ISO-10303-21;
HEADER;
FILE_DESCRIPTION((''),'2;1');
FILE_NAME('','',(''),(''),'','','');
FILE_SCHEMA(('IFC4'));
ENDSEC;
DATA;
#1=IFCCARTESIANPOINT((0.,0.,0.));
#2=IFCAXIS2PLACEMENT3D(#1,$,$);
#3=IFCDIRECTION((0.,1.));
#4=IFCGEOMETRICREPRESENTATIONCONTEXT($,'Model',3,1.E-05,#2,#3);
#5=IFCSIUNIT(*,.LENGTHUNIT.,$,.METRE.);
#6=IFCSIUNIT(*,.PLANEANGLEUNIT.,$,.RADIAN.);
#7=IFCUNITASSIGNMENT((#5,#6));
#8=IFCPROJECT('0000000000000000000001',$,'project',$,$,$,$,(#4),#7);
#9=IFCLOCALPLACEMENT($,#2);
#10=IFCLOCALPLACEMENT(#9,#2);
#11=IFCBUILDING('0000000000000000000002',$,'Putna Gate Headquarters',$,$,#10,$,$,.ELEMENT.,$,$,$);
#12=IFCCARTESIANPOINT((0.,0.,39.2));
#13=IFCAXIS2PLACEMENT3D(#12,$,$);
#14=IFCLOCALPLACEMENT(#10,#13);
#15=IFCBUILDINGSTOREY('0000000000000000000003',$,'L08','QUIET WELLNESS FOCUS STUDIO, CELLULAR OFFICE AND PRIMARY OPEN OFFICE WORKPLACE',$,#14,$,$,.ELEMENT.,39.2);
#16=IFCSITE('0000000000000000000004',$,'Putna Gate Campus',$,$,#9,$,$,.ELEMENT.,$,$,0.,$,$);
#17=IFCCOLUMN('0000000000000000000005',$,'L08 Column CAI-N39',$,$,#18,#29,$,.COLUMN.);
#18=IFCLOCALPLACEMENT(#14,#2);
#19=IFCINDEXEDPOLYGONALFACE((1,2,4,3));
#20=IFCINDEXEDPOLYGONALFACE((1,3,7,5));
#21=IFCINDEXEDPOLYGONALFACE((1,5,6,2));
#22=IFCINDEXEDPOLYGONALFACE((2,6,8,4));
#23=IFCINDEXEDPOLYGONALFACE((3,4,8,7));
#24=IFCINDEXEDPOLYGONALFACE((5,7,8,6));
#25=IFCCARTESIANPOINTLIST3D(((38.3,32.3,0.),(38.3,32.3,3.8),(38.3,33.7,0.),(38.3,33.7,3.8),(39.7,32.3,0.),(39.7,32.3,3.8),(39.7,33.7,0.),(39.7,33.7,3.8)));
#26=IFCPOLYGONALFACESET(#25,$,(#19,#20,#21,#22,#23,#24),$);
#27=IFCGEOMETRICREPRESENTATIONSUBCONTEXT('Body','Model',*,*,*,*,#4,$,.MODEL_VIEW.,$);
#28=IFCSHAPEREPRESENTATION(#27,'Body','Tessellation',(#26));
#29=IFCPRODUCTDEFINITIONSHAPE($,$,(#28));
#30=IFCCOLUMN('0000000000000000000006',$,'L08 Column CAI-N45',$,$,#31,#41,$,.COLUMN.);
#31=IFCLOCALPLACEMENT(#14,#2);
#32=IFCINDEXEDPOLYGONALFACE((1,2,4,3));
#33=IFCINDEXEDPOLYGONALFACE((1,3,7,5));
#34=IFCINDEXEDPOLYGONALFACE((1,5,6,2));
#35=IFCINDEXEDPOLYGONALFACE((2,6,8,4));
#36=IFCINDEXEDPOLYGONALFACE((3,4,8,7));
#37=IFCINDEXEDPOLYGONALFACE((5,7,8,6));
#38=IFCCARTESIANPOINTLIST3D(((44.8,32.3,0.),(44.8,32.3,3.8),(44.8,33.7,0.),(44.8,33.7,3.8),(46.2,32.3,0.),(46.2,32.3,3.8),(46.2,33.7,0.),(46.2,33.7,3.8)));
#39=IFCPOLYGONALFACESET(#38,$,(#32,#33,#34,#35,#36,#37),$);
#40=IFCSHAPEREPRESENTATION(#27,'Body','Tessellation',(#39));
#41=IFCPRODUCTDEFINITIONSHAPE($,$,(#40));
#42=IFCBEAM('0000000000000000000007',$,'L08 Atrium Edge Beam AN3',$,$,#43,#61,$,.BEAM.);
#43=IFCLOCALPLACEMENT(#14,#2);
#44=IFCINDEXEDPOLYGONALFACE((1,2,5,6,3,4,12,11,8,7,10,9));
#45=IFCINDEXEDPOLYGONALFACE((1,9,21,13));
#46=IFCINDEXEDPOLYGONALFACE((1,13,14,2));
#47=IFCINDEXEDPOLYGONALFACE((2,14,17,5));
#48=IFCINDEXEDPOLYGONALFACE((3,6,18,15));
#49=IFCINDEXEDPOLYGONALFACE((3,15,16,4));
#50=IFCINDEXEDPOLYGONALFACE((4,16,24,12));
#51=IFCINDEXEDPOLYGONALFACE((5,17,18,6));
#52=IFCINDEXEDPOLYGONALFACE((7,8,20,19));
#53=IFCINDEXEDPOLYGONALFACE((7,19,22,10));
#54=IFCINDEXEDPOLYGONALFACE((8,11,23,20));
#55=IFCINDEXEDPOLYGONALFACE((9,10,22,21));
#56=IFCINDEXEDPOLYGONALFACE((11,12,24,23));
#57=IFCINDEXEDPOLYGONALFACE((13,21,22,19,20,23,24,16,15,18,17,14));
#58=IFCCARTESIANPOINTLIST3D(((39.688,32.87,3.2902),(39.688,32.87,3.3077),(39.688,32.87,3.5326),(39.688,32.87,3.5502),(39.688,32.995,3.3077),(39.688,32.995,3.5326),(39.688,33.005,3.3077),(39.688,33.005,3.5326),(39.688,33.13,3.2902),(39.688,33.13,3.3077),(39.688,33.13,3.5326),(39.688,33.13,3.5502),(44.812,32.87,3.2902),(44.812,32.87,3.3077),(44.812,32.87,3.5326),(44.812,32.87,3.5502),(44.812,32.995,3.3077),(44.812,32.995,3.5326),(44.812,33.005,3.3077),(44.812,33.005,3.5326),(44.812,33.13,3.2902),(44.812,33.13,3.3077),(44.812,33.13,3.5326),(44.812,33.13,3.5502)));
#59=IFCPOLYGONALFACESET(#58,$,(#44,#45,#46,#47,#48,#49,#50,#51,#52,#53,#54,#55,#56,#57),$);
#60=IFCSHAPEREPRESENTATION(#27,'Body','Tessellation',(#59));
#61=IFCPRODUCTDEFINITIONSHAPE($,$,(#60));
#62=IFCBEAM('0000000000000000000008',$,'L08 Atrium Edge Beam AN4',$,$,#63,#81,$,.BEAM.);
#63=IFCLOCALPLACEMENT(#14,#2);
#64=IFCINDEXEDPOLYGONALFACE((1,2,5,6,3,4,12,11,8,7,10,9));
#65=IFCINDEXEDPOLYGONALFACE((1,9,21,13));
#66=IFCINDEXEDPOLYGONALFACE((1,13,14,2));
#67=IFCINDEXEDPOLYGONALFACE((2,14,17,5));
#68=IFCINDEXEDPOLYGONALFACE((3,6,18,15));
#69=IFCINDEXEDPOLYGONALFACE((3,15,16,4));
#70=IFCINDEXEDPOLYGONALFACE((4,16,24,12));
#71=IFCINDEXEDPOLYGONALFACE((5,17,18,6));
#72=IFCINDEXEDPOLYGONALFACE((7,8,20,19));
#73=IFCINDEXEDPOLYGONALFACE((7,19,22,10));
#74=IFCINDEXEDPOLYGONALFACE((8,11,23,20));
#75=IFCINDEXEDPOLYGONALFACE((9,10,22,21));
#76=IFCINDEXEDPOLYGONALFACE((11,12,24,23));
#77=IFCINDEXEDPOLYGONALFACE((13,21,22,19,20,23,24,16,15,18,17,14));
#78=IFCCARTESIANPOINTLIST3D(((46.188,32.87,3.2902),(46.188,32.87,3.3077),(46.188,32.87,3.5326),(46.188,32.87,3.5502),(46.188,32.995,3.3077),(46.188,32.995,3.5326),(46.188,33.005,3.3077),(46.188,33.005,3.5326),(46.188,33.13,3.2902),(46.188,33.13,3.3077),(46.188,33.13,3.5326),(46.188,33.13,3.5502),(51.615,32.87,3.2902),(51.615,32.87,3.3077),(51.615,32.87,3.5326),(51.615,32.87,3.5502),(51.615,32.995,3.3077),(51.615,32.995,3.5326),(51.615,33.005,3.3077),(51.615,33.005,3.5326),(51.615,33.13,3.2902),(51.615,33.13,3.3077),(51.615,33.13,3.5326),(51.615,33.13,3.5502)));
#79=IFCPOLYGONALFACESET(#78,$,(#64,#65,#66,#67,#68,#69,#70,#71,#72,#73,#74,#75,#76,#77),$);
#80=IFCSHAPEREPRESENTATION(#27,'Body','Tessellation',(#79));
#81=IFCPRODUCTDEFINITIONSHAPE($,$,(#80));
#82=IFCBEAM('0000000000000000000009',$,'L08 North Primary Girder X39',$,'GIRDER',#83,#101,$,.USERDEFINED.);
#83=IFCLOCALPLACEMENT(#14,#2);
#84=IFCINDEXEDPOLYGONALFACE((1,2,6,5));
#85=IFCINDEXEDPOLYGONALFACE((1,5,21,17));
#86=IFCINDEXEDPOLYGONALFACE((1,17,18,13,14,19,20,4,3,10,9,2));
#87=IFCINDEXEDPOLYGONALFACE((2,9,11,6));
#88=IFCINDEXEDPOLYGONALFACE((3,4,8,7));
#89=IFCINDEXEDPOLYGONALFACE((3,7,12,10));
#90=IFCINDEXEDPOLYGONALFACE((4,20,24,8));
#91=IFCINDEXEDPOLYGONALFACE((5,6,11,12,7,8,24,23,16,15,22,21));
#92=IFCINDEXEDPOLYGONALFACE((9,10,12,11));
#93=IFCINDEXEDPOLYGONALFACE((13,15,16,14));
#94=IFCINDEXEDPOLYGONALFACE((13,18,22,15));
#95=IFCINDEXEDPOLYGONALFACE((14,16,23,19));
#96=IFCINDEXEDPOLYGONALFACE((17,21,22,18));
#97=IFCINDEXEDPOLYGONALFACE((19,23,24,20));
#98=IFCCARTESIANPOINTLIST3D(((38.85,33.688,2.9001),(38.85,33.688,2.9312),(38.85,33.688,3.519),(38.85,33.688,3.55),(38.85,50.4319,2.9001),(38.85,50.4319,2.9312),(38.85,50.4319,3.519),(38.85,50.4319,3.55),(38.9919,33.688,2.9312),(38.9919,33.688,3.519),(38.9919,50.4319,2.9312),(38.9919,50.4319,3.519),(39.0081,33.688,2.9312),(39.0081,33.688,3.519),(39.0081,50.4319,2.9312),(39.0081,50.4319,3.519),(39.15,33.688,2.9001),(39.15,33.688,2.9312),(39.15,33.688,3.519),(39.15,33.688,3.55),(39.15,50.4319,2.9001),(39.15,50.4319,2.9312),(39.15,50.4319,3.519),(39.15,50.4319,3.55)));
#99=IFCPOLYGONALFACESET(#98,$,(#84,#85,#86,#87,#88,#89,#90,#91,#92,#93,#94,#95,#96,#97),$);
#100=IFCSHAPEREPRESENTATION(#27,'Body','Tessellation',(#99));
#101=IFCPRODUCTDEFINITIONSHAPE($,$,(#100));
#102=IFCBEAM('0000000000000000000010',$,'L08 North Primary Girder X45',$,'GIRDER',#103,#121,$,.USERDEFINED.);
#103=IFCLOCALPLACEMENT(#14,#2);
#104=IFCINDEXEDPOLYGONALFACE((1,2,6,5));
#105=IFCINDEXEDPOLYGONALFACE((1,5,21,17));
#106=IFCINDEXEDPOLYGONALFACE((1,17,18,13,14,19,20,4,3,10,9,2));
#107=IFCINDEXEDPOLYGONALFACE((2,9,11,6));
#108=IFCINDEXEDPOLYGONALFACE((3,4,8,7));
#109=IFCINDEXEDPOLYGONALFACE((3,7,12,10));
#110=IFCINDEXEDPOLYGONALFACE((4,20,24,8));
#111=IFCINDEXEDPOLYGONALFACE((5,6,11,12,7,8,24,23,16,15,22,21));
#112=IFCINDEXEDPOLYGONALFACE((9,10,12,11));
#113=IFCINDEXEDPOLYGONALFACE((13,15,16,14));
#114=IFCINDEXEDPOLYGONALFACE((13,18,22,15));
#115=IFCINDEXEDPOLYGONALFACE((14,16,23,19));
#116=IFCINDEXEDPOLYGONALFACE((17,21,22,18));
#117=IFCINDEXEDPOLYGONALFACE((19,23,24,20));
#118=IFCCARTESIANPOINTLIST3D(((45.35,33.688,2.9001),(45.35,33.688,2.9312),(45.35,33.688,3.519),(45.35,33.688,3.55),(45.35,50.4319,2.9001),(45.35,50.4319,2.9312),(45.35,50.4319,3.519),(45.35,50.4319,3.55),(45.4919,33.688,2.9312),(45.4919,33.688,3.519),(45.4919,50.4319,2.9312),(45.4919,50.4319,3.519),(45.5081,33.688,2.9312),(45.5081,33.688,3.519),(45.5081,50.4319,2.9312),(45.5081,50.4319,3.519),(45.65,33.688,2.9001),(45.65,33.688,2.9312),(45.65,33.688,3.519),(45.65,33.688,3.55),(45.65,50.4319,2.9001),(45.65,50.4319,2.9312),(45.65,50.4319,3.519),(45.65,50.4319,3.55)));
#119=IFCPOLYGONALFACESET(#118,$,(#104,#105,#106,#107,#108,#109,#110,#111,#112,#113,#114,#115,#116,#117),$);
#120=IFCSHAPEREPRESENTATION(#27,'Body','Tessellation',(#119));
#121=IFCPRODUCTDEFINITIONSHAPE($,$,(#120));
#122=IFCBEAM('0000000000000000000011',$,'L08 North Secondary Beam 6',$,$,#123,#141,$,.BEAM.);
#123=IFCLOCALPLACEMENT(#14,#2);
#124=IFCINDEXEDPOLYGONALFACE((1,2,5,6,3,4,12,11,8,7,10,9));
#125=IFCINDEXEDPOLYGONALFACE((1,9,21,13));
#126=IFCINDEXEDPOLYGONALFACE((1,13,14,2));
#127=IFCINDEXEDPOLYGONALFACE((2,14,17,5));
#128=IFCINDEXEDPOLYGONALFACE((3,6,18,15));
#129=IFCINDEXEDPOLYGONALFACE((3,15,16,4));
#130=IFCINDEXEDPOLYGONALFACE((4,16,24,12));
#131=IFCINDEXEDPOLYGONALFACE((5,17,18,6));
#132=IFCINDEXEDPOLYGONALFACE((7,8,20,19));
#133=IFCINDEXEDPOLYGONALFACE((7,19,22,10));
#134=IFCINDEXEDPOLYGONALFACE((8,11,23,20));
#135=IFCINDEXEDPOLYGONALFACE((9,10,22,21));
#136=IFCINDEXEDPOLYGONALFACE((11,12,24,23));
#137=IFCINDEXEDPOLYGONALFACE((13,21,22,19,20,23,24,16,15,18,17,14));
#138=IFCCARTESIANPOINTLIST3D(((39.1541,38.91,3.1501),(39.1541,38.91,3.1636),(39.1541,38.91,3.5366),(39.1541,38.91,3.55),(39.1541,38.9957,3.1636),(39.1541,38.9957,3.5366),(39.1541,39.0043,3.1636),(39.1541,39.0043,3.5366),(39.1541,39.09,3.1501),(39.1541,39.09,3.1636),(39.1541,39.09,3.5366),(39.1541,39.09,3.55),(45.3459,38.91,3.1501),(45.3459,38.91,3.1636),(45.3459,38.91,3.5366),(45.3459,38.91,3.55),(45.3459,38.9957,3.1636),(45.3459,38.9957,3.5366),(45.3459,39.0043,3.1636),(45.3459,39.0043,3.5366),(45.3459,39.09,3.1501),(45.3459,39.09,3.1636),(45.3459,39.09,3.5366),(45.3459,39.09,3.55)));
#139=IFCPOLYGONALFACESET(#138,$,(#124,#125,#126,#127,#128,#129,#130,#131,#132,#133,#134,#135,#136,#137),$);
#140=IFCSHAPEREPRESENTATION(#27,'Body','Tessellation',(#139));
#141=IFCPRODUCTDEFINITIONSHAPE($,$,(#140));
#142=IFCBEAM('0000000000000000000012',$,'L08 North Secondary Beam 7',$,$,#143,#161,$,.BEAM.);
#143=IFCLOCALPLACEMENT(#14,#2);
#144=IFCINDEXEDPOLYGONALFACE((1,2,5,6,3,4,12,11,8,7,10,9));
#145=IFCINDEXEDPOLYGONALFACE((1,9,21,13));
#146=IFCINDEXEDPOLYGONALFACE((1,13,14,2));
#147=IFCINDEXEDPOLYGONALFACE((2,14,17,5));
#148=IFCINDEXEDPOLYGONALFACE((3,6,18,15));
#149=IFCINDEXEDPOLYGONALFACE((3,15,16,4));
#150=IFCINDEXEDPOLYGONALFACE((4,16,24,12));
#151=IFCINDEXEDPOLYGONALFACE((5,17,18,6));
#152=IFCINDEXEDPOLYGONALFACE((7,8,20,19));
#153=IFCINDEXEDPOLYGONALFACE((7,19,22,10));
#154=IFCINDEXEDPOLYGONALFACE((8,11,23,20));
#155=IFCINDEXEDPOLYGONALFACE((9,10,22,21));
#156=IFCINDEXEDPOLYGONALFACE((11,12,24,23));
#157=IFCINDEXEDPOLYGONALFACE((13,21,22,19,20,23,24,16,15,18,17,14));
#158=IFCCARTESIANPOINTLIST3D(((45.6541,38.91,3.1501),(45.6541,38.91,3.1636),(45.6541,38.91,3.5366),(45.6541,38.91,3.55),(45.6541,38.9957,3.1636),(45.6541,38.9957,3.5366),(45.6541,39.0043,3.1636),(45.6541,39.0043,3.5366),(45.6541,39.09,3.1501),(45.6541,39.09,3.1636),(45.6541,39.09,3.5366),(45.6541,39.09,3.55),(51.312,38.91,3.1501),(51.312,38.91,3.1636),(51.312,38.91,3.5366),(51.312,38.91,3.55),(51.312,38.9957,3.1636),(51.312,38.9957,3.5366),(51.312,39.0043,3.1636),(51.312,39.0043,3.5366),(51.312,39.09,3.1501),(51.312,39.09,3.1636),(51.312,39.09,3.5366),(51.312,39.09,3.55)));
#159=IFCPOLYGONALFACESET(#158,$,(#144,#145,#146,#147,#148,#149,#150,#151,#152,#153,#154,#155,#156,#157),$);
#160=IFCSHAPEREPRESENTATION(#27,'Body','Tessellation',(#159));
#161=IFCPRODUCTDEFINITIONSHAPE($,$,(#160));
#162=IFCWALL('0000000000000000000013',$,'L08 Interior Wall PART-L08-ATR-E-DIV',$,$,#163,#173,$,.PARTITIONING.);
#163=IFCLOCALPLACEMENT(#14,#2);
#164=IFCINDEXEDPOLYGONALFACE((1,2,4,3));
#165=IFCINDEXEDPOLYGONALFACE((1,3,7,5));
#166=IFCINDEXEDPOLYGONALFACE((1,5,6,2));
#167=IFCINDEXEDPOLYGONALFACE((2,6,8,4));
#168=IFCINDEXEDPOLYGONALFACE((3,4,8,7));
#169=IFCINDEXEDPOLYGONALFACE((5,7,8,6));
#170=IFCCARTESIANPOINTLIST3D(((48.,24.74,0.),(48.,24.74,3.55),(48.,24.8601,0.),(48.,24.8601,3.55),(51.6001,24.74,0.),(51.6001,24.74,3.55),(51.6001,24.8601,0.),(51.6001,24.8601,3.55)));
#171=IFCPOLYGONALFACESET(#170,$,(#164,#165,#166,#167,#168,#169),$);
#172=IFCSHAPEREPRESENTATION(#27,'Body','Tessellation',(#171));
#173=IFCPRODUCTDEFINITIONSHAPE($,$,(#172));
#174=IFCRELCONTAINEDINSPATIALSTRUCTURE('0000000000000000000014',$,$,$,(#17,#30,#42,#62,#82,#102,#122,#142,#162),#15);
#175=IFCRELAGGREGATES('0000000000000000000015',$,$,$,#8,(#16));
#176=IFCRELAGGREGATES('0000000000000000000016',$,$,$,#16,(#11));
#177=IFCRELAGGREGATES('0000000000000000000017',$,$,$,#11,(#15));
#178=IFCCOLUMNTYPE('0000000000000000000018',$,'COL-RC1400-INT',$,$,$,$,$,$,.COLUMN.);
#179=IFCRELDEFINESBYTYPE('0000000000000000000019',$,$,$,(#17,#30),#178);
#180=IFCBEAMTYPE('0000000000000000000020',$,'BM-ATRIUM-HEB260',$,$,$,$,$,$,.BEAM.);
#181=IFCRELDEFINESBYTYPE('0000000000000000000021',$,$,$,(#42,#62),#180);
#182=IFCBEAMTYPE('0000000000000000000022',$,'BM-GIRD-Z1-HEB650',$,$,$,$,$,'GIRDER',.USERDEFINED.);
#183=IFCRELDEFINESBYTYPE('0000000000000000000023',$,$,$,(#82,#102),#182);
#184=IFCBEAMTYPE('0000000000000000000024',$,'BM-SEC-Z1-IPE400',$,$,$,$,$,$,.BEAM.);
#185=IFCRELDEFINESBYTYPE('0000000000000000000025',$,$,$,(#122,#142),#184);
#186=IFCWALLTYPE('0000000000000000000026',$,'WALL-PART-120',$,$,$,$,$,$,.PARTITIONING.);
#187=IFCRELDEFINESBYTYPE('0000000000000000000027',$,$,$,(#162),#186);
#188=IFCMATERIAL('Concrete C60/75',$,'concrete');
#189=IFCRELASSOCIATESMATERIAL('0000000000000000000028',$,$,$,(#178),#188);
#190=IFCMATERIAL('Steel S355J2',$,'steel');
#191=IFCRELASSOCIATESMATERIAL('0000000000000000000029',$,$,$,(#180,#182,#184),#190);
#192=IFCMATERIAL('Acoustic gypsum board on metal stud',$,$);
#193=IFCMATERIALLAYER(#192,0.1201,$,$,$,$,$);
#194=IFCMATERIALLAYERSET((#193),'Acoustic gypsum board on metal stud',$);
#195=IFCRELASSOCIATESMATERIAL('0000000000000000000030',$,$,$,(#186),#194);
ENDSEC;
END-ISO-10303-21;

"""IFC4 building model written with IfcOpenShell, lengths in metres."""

from ifc_helpers import new_model, si_unit, direction, frame, frame_2d, origin, origin_2d, place, context, subcontext, project, spatial, rectangle, i_section, extrude, material, layer, layer_set, material_profile, profile_set, type_object, element, save


model = new_model("IFC4")

# Units and contexts
model_context = context("Model", 3, precision=1e-05, world=origin(), true_north=direction((0.0, 1.0)))
body_context = subcontext(model_context, "Body", "Model", "MODEL_VIEW")
ifc_project = project(units=[si_unit("LENGTHUNIT", "METRE"), si_unit("PLANEANGLEUNIT", "RADIAN")], contexts=[model_context])

# Site, building, storey
site_placement = place(None, origin())
site = spatial("IfcSite", under=ifc_project, at=site_placement, Name="Putna Gate Campus", CompositionType="ELEMENT", RefElevation=0.0)
building_placement = place(site_placement, origin())
building = spatial("IfcBuilding", under=site, at=building_placement, Name="Putna Gate Headquarters", CompositionType="ELEMENT")
storey_placement = place(building_placement, frame((0.0, 0.0, 39.2)))
storey = spatial("IfcBuildingStorey", under=building, at=storey_placement, Name="L08", Description="QUIET WELLNESS FOCUS STUDIO, CELLULAR OFFICE AND PRIMARY OPEN OFFICE WORKPLACE", CompositionType="ELEMENT", Elevation=39.2)

# Columns
ifc_material_1 = material(Name="Concrete C60/75", Category="concrete")
ifc_material_profile_1 = material_profile(ifc_material_1, rectangle(XDim=1.3999, YDim=1.3999, at=origin_2d()), Name="Concrete C60/75")
ifc_profile_set_1 = profile_set([ifc_material_profile_1], Name="Concrete C60/75")
column_type = type_object("IfcColumnType", Name="COL-RC1400-INT", PredefinedType="COLUMN", material=ifc_profile_set_1)
for number, where, z_axis, x_axis, name in (
    (1, (39.0, 33.0, 0.0), (0.0, 0.0, 1.0), (1.0, 0.0, 0.0), "L08 Column CAI-N39"),
    (2, (45.5, 33.0, 0.0), (0.0, 0.0, 1.0), (1.0, 0.0, 0.0), "L08 Column CAI-N45"),
):
    element("IfcColumn", number, at=place(storey_placement, frame(where, z_axis=z_axis, x_axis=x_axis)), inside=storey, type_object=column_type, Name=name, PredefinedType="COLUMN", context=body_context, shape_type="SweptSolid", body=[
        extrude(rectangle(XDim=1.3999, YDim=1.3999, at=origin_2d()), origin(), (0.0, 0.0, 1.0), 3.8),
    ])

# Beams
ifc_material_2 = material(Name="Steel S355J2", Category="steel")
ifc_material_profile_2 = material_profile(ifc_material_2, i_section(OverallWidth=0.26, OverallDepth=0.26, WebThickness=0.01, FlangeThickness=0.0176, at=origin_2d()), Name="Steel S355J2")
ifc_profile_set_2 = profile_set([ifc_material_profile_2], Name="Steel S355J2")
beam_type_1 = type_object("IfcBeamType", Name="BM-ATRIUM-HEB260", PredefinedType="BEAM", material=ifc_profile_set_2)
beam_1_placement = place(storey_placement, frame((39.688, 33.0, 3.4202), z_axis=(1.0, 0.0, 0.0), x_axis=(0.0, 1.0, 0.0)))
element("IfcBeam", 3, at=beam_1_placement, inside=storey, type_object=beam_type_1, Name="L08 Atrium Edge Beam AN3", PredefinedType="BEAM", context=body_context, shape_type="SweptSolid", body=[
    extrude(i_section(OverallWidth=0.26, OverallDepth=0.26, WebThickness=0.01, FlangeThickness=0.0176, at=origin_2d()), origin(), (0.0, 0.0, 1.0), 5.124),
])
beam_2_placement = place(storey_placement, frame((46.188, 33.0, 3.4202), z_axis=(1.0, 0.0, 0.0), x_axis=(0.0, 1.0, 0.0)))
element("IfcBeam", 4, at=beam_2_placement, inside=storey, type_object=beam_type_1, Name="L08 Atrium Edge Beam AN4", PredefinedType="BEAM", context=body_context, shape_type="SweptSolid", body=[
    extrude(i_section(OverallWidth=0.26, OverallDepth=0.26, WebThickness=0.01, FlangeThickness=0.0176, at=origin_2d()), origin(), (0.0, 0.0, 1.0), 5.427),
])
ifc_material_profile_3 = material_profile(ifc_material_2, i_section(OverallWidth=0.3, OverallDepth=0.6499, WebThickness=0.0161, FlangeThickness=0.031, at=origin_2d()), Name="Steel S355J2")
ifc_profile_set_3 = profile_set([ifc_material_profile_3], Name="Steel S355J2")
beam_type_2 = type_object("IfcBeamType", Name="BM-GIRD-Z1-HEB650", ElementType="GIRDER", PredefinedType="USERDEFINED", material=ifc_profile_set_3)
for number, where, z_axis, x_axis, name in (
    (5, (39.0, 33.688, 3.2251), (0.0, 1.0, 0.0), (-1.0, 0.0, 0.0), "L08 North Primary Girder X39"),
    (6, (45.5, 33.688, 3.2251), (0.0, 1.0, 0.0), (-1.0, 0.0, 0.0), "L08 North Primary Girder X45"),
):
    element("IfcBeam", number, at=place(storey_placement, frame(where, z_axis=z_axis, x_axis=x_axis)), inside=storey, type_object=beam_type_2, Name=name, ObjectType="GIRDER", PredefinedType="USERDEFINED", context=body_context, shape_type="SweptSolid", body=[
        extrude(i_section(OverallWidth=0.3, OverallDepth=0.6499, WebThickness=0.0161, FlangeThickness=0.031, at=origin_2d()), origin(), (0.0, 0.0, 1.0), 16.7439),
    ])
ifc_material_profile_4 = material_profile(ifc_material_2, i_section(OverallWidth=0.1799, OverallDepth=0.3999, WebThickness=0.0085, FlangeThickness=0.0134, at=origin_2d()), Name="Steel S355J2")
ifc_profile_set_4 = profile_set([ifc_material_profile_4], Name="Steel S355J2")
beam_type_3 = type_object("IfcBeamType", Name="BM-SEC-Z1-IPE400", PredefinedType="BEAM", material=ifc_profile_set_4)
beam_3_placement = place(storey_placement, frame((39.1541, 39.0, 3.3501), z_axis=(1.0, 0.0, 0.0), x_axis=(0.0, 1.0, 0.0)))
element("IfcBeam", 7, at=beam_3_placement, inside=storey, type_object=beam_type_3, Name="L08 North Secondary Beam 6", PredefinedType="BEAM", context=body_context, shape_type="SweptSolid", body=[
    extrude(i_section(OverallWidth=0.1799, OverallDepth=0.3999, WebThickness=0.0085, FlangeThickness=0.0134, at=origin_2d()), origin(), (0.0, 0.0, 1.0), 6.1919),
])
beam_4_placement = place(storey_placement, frame((45.6541, 39.0, 3.3501), z_axis=(1.0, 0.0, 0.0), x_axis=(0.0, 1.0, 0.0)))
element("IfcBeam", 8, at=beam_4_placement, inside=storey, type_object=beam_type_3, Name="L08 North Secondary Beam 7", PredefinedType="BEAM", context=body_context, shape_type="SweptSolid", body=[
    extrude(i_section(OverallWidth=0.1799, OverallDepth=0.3999, WebThickness=0.0085, FlangeThickness=0.0134, at=origin_2d()), origin(), (0.0, 0.0, 1.0), 5.658),
])

# Wall
ifc_material_3 = material(Name="Acoustic gypsum board on metal stud")
ifc_layer_1 = layer(ifc_material_3, 0.1201)
ifc_layer_set_1 = layer_set([ifc_layer_1], Name="Acoustic gypsum board on metal stud")
wall_type_1 = type_object("IfcWallType", Name="WALL-PART-120", PredefinedType="PARTITIONING", material=ifc_layer_set_1)
wall_1_placement = place(storey_placement, frame((48.0, 24.8, 0.0), z_axis=(0.0, 0.0, 1.0), x_axis=(1.0, 0.0, 0.0)))
element("IfcWall", 9, at=wall_1_placement, inside=storey, type_object=wall_type_1, Name="L08 Interior Wall PART-L08-ATR-E-DIV", PredefinedType="PARTITIONING", context=body_context, shape_type="SweptSolid", body=[
    extrude(rectangle(XDim=3.6001, YDim=0.1201, at=frame_2d((1.8, 0.0))), origin(), (0.0, 0.0, 1.0), 3.55),
])

save(model, "model.ifc")
